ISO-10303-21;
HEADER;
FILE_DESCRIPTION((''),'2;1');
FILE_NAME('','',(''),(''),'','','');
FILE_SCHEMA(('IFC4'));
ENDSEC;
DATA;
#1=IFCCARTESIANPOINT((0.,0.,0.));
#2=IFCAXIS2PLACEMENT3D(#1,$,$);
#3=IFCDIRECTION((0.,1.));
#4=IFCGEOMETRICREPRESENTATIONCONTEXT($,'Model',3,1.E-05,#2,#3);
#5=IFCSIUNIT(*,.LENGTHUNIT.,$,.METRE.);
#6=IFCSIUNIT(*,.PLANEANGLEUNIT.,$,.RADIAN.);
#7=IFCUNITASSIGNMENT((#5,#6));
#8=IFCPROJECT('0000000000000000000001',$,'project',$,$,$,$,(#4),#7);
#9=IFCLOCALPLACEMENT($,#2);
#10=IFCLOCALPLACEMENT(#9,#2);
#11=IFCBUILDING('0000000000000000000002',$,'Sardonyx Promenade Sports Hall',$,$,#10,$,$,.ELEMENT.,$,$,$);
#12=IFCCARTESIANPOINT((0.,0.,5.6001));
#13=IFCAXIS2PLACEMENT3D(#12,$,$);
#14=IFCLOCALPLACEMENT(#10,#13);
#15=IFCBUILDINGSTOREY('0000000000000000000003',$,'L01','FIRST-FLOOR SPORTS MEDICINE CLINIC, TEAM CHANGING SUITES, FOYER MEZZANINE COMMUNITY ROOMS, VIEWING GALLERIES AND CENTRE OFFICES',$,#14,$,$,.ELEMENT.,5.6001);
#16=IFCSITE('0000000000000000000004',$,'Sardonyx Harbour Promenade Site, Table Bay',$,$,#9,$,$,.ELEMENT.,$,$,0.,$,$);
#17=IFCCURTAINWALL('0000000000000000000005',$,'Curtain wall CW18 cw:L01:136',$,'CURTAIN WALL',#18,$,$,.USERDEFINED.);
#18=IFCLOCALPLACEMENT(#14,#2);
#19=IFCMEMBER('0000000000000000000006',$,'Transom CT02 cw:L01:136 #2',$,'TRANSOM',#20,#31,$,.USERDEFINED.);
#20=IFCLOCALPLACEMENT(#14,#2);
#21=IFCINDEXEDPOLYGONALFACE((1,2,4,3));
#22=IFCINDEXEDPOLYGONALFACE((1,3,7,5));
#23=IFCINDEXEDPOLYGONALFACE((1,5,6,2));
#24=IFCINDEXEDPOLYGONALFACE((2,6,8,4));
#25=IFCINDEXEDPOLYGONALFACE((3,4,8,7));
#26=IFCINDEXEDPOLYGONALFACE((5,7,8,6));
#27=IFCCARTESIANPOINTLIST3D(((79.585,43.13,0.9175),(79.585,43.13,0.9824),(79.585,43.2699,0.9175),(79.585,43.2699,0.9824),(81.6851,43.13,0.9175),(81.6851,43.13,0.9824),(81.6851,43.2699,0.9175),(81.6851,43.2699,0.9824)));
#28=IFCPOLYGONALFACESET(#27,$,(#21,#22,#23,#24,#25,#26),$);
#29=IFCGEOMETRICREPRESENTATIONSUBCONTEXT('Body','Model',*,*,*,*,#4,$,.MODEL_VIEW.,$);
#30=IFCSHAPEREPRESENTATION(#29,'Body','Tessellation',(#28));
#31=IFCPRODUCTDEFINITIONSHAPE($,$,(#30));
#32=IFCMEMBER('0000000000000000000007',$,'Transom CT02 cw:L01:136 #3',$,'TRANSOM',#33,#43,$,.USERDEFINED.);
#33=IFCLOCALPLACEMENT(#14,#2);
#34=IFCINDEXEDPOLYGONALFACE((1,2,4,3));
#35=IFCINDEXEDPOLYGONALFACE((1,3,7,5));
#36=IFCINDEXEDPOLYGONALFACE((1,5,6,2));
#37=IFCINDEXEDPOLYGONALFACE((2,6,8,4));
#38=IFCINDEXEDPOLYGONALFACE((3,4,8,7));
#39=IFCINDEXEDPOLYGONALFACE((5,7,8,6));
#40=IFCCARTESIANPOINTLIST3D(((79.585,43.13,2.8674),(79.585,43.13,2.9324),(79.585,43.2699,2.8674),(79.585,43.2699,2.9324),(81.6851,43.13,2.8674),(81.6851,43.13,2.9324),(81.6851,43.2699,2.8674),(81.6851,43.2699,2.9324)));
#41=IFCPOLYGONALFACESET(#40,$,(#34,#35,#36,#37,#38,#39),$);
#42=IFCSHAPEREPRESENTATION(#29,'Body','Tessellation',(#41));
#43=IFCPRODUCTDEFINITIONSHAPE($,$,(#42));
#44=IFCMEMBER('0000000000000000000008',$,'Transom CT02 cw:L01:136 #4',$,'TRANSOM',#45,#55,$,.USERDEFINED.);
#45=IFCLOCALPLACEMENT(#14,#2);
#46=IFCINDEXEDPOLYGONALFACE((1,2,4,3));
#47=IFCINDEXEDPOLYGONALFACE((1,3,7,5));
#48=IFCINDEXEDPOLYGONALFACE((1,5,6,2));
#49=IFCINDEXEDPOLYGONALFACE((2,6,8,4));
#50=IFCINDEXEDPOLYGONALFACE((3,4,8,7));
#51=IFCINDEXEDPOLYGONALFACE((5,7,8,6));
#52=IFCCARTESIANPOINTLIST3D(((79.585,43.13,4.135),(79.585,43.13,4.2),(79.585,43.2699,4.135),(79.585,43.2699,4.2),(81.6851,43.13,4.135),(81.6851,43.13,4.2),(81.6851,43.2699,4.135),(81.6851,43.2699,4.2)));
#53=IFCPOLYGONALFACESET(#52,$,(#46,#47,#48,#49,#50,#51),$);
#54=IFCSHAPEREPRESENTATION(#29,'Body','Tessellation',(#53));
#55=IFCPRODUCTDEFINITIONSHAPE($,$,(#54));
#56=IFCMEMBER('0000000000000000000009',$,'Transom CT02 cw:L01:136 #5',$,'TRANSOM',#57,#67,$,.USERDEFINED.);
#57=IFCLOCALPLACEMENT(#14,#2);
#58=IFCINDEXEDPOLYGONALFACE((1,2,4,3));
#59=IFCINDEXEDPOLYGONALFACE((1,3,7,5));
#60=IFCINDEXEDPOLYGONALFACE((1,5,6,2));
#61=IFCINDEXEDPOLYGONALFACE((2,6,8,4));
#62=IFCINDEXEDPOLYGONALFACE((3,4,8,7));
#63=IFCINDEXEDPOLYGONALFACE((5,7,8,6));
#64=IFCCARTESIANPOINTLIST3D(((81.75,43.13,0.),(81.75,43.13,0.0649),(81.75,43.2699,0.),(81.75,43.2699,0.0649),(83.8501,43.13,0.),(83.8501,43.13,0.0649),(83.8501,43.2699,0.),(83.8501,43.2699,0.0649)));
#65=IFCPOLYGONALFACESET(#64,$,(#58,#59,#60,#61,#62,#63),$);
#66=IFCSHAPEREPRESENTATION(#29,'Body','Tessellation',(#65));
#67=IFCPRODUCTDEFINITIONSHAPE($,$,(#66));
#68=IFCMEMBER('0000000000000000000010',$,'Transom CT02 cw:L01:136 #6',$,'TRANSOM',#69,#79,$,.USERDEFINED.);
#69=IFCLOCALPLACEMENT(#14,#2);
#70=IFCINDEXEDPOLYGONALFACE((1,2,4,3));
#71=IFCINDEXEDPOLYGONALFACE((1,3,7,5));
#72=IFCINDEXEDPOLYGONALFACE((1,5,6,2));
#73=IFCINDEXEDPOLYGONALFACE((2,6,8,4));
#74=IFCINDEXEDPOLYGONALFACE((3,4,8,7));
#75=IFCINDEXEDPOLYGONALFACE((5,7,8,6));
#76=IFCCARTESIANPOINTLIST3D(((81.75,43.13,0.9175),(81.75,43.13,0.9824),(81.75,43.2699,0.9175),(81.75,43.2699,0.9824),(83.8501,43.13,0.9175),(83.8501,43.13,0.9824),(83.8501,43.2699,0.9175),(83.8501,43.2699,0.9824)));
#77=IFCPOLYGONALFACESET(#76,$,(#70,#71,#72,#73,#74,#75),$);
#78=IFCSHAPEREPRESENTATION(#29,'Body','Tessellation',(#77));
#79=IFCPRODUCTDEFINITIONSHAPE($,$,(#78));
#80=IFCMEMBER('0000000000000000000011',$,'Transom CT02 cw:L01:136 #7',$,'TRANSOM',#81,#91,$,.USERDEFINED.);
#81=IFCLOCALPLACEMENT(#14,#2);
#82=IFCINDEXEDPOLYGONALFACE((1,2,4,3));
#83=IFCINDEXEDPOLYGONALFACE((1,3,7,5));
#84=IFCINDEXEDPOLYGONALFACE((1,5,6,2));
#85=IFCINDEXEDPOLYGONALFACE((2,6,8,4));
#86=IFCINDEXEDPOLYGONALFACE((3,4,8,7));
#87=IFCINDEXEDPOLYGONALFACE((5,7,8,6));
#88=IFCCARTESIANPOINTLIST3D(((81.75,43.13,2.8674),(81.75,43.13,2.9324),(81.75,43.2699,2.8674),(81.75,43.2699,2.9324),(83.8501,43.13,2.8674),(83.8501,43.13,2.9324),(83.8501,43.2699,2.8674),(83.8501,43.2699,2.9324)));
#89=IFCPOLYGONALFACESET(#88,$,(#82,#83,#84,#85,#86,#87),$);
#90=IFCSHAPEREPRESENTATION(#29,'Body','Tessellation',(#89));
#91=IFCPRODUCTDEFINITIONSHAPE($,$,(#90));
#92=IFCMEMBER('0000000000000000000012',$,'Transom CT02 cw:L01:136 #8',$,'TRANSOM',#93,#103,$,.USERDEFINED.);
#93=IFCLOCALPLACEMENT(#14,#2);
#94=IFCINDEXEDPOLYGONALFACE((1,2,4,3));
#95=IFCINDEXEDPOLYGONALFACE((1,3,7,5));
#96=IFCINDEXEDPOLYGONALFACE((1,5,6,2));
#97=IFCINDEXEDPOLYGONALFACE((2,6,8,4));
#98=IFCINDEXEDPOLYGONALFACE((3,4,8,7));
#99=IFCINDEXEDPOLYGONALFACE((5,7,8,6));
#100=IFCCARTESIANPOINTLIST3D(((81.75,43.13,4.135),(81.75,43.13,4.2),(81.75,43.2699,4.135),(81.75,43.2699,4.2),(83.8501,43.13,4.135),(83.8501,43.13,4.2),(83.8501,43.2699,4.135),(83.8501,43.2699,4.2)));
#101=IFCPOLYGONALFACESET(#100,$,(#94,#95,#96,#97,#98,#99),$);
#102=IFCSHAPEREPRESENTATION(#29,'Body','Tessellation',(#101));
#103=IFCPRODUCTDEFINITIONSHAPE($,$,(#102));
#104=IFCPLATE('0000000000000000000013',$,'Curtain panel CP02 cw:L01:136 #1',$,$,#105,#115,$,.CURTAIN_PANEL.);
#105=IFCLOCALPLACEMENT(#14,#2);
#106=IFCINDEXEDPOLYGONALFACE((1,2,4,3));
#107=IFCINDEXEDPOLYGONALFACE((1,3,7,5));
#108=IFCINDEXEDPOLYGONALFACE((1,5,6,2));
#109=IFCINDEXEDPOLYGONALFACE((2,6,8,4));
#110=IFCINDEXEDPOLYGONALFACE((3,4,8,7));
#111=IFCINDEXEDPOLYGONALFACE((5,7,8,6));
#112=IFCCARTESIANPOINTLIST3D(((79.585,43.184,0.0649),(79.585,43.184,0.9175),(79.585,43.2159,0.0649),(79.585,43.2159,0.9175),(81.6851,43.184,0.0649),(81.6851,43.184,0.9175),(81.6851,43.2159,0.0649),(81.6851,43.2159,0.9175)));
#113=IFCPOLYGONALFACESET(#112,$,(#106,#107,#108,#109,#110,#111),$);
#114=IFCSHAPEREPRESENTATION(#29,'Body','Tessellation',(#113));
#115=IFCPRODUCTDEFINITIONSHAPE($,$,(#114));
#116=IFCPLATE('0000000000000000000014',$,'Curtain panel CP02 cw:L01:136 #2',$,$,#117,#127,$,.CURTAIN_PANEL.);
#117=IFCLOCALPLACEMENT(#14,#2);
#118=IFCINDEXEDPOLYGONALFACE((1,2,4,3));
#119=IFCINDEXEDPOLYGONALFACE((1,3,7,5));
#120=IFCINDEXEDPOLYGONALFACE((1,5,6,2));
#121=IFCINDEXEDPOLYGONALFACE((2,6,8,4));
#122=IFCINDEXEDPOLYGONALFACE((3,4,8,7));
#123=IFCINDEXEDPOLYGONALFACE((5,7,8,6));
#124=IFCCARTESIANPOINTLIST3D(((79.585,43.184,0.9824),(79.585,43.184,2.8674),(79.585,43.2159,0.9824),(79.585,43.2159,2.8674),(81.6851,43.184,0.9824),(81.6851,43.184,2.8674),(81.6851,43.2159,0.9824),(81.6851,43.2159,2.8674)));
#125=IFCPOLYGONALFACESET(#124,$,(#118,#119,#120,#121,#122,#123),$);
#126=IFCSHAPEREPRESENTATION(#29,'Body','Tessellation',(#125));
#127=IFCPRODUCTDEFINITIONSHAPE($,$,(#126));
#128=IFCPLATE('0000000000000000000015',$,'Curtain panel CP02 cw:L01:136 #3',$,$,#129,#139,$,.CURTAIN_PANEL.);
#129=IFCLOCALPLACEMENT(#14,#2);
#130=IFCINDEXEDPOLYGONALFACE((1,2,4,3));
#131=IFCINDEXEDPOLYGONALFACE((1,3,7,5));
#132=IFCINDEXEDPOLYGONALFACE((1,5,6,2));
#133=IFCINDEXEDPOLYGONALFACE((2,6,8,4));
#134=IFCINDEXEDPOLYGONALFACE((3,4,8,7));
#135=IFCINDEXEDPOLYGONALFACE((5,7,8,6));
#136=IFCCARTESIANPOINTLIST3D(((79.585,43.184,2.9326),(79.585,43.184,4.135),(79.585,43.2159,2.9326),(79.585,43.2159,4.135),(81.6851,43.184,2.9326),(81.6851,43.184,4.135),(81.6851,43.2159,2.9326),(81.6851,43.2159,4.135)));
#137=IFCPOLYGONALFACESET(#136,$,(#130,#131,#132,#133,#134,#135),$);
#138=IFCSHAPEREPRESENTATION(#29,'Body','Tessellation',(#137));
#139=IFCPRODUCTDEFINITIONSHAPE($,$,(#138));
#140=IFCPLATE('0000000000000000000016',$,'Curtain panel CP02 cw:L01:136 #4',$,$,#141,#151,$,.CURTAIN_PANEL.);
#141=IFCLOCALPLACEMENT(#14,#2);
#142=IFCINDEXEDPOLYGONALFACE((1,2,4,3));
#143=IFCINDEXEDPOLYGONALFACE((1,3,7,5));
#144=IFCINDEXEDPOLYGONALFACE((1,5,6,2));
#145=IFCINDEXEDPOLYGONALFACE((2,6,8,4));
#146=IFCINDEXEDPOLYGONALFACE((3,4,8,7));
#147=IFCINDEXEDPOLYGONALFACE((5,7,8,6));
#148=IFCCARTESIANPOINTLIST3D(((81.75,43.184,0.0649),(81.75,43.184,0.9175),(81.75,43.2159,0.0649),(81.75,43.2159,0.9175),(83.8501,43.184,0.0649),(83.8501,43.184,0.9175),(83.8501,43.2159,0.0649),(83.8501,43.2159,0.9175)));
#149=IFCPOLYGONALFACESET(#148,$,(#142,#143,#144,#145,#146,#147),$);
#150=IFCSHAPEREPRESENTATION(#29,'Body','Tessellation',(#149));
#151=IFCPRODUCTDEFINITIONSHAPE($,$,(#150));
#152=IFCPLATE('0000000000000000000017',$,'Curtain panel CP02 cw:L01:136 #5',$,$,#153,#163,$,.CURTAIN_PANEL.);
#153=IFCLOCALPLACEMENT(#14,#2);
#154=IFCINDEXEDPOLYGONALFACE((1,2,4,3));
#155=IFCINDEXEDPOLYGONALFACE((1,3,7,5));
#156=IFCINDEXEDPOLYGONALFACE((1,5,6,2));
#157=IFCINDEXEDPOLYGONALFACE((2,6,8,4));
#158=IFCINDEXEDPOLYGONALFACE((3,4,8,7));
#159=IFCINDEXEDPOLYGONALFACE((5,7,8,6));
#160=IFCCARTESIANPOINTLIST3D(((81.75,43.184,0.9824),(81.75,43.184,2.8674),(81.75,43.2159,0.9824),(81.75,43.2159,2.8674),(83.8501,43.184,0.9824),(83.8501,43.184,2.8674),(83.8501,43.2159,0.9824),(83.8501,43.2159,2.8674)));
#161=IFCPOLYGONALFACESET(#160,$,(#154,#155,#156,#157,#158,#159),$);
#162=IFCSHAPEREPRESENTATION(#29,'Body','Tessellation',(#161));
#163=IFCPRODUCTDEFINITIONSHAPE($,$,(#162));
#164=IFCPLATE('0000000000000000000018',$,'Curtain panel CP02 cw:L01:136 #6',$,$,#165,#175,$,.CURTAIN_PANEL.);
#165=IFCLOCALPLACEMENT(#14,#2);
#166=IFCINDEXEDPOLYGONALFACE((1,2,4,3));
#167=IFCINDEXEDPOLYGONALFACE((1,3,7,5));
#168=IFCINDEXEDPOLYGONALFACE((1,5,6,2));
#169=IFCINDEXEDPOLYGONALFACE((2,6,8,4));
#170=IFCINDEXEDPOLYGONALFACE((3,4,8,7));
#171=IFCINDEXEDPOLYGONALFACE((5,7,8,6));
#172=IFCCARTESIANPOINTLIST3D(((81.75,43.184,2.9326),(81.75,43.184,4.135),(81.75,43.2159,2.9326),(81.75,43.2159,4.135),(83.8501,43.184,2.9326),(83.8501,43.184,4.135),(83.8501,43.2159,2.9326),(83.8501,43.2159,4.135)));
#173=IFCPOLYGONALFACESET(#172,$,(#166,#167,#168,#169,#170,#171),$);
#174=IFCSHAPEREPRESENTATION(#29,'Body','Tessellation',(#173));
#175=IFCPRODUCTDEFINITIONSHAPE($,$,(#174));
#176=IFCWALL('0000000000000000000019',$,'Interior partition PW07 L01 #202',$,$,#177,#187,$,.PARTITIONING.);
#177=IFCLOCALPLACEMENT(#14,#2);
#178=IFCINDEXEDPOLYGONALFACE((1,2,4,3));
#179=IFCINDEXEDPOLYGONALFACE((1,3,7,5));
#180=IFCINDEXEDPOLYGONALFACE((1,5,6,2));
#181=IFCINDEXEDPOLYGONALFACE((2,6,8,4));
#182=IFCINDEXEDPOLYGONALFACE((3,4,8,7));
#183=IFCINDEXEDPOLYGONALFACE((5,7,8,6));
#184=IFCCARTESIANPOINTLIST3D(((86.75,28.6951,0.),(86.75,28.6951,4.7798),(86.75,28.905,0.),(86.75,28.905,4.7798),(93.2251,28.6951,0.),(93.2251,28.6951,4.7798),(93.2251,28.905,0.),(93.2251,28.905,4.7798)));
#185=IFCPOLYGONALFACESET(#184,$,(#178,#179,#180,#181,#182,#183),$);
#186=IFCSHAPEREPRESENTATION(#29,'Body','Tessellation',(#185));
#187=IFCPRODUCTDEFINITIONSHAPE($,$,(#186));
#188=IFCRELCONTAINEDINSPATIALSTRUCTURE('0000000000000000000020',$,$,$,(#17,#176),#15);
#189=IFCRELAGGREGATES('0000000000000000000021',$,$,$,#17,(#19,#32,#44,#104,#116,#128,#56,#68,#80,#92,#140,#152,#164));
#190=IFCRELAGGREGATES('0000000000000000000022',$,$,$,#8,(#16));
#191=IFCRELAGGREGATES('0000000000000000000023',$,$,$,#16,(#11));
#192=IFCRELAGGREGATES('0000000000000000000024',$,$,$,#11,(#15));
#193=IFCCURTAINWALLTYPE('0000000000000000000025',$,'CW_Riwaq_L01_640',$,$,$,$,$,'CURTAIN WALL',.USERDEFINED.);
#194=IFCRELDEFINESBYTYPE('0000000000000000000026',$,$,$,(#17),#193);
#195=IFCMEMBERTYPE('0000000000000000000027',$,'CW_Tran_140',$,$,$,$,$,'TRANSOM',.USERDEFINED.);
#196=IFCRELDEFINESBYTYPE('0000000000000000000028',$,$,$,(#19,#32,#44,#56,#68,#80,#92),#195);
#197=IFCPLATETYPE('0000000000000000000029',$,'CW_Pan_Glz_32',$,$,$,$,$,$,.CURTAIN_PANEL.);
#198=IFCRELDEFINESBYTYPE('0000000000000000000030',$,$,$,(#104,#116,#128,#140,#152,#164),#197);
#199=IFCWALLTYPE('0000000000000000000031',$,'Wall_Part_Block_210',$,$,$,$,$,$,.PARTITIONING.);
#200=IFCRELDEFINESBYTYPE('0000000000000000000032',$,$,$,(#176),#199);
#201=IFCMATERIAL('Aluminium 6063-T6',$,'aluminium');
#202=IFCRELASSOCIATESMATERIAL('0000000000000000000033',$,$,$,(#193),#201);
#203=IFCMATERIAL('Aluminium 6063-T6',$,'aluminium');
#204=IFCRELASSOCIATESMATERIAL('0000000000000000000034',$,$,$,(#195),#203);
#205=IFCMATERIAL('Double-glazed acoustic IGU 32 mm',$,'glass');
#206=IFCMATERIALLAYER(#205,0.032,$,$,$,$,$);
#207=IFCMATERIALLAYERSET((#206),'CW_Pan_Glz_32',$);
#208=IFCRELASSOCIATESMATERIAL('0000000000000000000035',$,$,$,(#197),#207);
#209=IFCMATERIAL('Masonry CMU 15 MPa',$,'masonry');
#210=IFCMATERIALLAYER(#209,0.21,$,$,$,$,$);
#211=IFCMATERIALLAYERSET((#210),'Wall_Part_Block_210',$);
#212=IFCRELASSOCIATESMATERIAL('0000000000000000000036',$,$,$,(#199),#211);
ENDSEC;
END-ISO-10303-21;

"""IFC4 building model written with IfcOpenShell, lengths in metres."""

from ifc_helpers import new_model, si_unit, direction, frame, frame_2d, origin, origin_2d, place, context, subcontext, project, spatial, rectangle, extrude, material, layer, layer_set, material_profile, profile_set, type_object, element, aggregate, save


model = new_model("IFC4")

# Units and contexts
model_context = context("Model", 3, precision=1e-05, world=origin(), true_north=direction((0.0, 1.0)))
body_context = subcontext(model_context, "Body", "Model", "MODEL_VIEW")
ifc_project = project(units=[si_unit("LENGTHUNIT", "METRE"), si_unit("PLANEANGLEUNIT", "RADIAN")], contexts=[model_context])

# Site, building, storey
site_placement = place(None, origin())
site = spatial("IfcSite", under=ifc_project, at=site_placement, Name="Sardonyx Harbour Promenade Site, Table Bay", CompositionType="ELEMENT", RefElevation=0.0)
building_placement = place(site_placement, origin())
building = spatial("IfcBuilding", under=site, at=building_placement, Name="Sardonyx Promenade Sports Hall", CompositionType="ELEMENT")
storey_placement = place(building_placement, frame((0.0, 0.0, 5.6001)))
storey = spatial("IfcBuildingStorey", under=building, at=storey_placement, Name="L01", Description="FIRST-FLOOR SPORTS MEDICINE CLINIC, TEAM CHANGING SUITES, FOYER MEZZANINE COMMUNITY ROOMS, VIEWING GALLERIES AND CENTRE OFFICES", CompositionType="ELEMENT", Elevation=5.6001)

# Curtain wall, members, plates
ifc_material_1 = material(Name="Aluminium 6063-T6", Category="aluminium")
curtain_wall_type = type_object("IfcCurtainWallType", Name="CW_Riwaq_L01_640", ElementType="CURTAIN WALL", PredefinedType="USERDEFINED", material=ifc_material_1)
curtain_wall_placement = place(storey_placement, origin())
curtain_wall = element("IfcCurtainWall", 1, at=curtain_wall_placement, inside=storey, type_object=curtain_wall_type, Name="Curtain wall CW18 cw:L01:136", ObjectType="CURTAIN WALL", PredefinedType="USERDEFINED")
ifc_material_2 = material(Name="Aluminium 6063-T6", Category="aluminium")
ifc_material_profile_1 = material_profile(ifc_material_2, rectangle(XDim=0.0649, YDim=0.1399, at=origin_2d()))
ifc_profile_set_1 = profile_set([ifc_material_profile_1], Name="Aluminium 6063-T6")
member_type_1 = type_object("IfcMemberType", Name="CW_Tran_140", ElementType="TRANSOM", PredefinedType="USERDEFINED", material=ifc_profile_set_1)
member_1_placement = place(storey_placement, frame((79.585, 43.2, 0.95), z_axis=(1.0, 0.0, 0.0), x_axis=(0.0, 0.0, 1.0)))
member_1 = element("IfcMember", 2, at=member_1_placement, type_object=member_type_1, Name="Transom CT02 cw:L01:136 #2", ObjectType="TRANSOM", PredefinedType="USERDEFINED", context=body_context, shape_type="SweptSolid", body=[
    extrude(rectangle(XDim=0.0649, YDim=0.1399, at=origin_2d()), origin(), (0.0, 0.0, 1.0), 2.1001),
])
member_2_placement = place(storey_placement, frame((79.585, 43.2, 2.8999), z_axis=(1.0, 0.0, 0.0), x_axis=(0.0, 0.0, 1.0)))
member_2 = element("IfcMember", 3, at=member_2_placement, type_object=member_type_1, Name="Transom CT02 cw:L01:136 #3", ObjectType="TRANSOM", PredefinedType="USERDEFINED", context=body_context, shape_type="SweptSolid", body=[
    extrude(rectangle(XDim=0.0649, YDim=0.1399, at=origin_2d()), origin(), (0.0, 0.0, 1.0), 2.1001),
])
member_3_placement = place(storey_placement, frame((79.585, 43.2, 4.1675), z_axis=(1.0, 0.0, 0.0), x_axis=(0.0, 0.0, 1.0)))
member_3 = element("IfcMember", 4, at=member_3_placement, type_object=member_type_1, Name="Transom CT02 cw:L01:136 #4", ObjectType="TRANSOM", PredefinedType="USERDEFINED", context=body_context, shape_type="SweptSolid", body=[
    extrude(rectangle(XDim=0.0649, YDim=0.1399, at=origin_2d()), origin(), (0.0, 0.0, 1.0), 2.1001),
])
member_4_placement = place(storey_placement, frame((81.75, 43.2, 0.0325), z_axis=(1.0, 0.0, 0.0), x_axis=(0.0, 0.0, 1.0)))
member_4 = element("IfcMember", 5, at=member_4_placement, type_object=member_type_1, Name="Transom CT02 cw:L01:136 #5", ObjectType="TRANSOM", PredefinedType="USERDEFINED", context=body_context, shape_type="SweptSolid", body=[
    extrude(rectangle(XDim=0.0649, YDim=0.1399, at=origin_2d()), origin(), (0.0, 0.0, 1.0), 2.1001),
])
member_5_placement = place(storey_placement, frame((81.75, 43.2, 0.95), z_axis=(1.0, 0.0, 0.0), x_axis=(0.0, 0.0, 1.0)))
member_5 = element("IfcMember", 6, at=member_5_placement, type_object=member_type_1, Name="Transom CT02 cw:L01:136 #6", ObjectType="TRANSOM", PredefinedType="USERDEFINED", context=body_context, shape_type="SweptSolid", body=[
    extrude(rectangle(XDim=0.0649, YDim=0.1399, at=origin_2d()), origin(), (0.0, 0.0, 1.0), 2.1001),
])
member_6_placement = place(storey_placement, frame((81.75, 43.2, 2.8999), z_axis=(1.0, 0.0, 0.0), x_axis=(0.0, 0.0, 1.0)))
member_6 = element("IfcMember", 7, at=member_6_placement, type_object=member_type_1, Name="Transom CT02 cw:L01:136 #7", ObjectType="TRANSOM", PredefinedType="USERDEFINED", context=body_context, shape_type="SweptSolid", body=[
    extrude(rectangle(XDim=0.0649, YDim=0.1399, at=origin_2d()), origin(), (0.0, 0.0, 1.0), 2.1001),
])
member_7_placement = place(storey_placement, frame((81.75, 43.2, 4.1675), z_axis=(1.0, 0.0, 0.0), x_axis=(0.0, 0.0, 1.0)))
member_7 = element("IfcMember", 8, at=member_7_placement, type_object=member_type_1, Name="Transom CT02 cw:L01:136 #8", ObjectType="TRANSOM", PredefinedType="USERDEFINED", context=body_context, shape_type="SweptSolid", body=[
    extrude(rectangle(XDim=0.0649, YDim=0.1399, at=origin_2d()), origin(), (0.0, 0.0, 1.0), 2.1001),
])
ifc_material_3 = material(Name="Double-glazed acoustic IGU 32 mm", Category="glass")
ifc_layer_1 = layer(ifc_material_3, 0.032)
ifc_layer_set_1 = layer_set([ifc_layer_1], Name="CW_Pan_Glz_32")
plate_type = type_object("IfcPlateType", Name="CW_Pan_Glz_32", PredefinedType="CURTAIN_PANEL", material=ifc_layer_set_1)
plate_1_placement = place(storey_placement, frame((80.635, 43.2, 0.0649), z_axis=(0.0, 0.0, 1.0), x_axis=(1.0, 0.0, 0.0)))
plate_1 = element("IfcPlate", 9, at=plate_1_placement, type_object=plate_type, Name="Curtain panel CP02 cw:L01:136 #1", PredefinedType="CURTAIN_PANEL", context=body_context, shape_type="SweptSolid", body=[
    extrude(rectangle(XDim=2.1001, YDim=0.032, at=origin_2d()), origin(), (0.0, 0.0, 1.0), 0.8525),
])
plate_2_placement = place(storey_placement, frame((80.635, 43.2, 0.9824), z_axis=(0.0, 0.0, 1.0), x_axis=(1.0, 0.0, 0.0)))
plate_2 = element("IfcPlate", 10, at=plate_2_placement, type_object=plate_type, Name="Curtain panel CP02 cw:L01:136 #2", PredefinedType="CURTAIN_PANEL", context=body_context, shape_type="SweptSolid", body=[
    extrude(rectangle(XDim=2.1001, YDim=0.032, at=origin_2d()), origin(), (0.0, 0.0, 1.0), 1.885),
])
plate_3_placement = place(storey_placement, frame((80.635, 43.2, 2.9326), z_axis=(0.0, 0.0, 1.0), x_axis=(1.0, 0.0, 0.0)))
plate_3 = element("IfcPlate", 11, at=plate_3_placement, type_object=plate_type, Name="Curtain panel CP02 cw:L01:136 #3", PredefinedType="CURTAIN_PANEL", context=body_context, shape_type="SweptSolid", body=[
    extrude(rectangle(XDim=2.1001, YDim=0.032, at=origin_2d()), origin(), (0.0, 0.0, 1.0), 1.2024),
])
plate_4_placement = place(storey_placement, frame((82.8, 43.2, 0.0649), z_axis=(0.0, 0.0, 1.0), x_axis=(1.0, 0.0, 0.0)))
plate_4 = element("IfcPlate", 12, at=plate_4_placement, type_object=plate_type, Name="Curtain panel CP02 cw:L01:136 #4", PredefinedType="CURTAIN_PANEL", context=body_context, shape_type="SweptSolid", body=[
    extrude(rectangle(XDim=2.1001, YDim=0.032, at=origin_2d()), origin(), (0.0, 0.0, 1.0), 0.8525),
])
plate_5_placement = place(storey_placement, frame((82.8, 43.2, 0.9824), z_axis=(0.0, 0.0, 1.0), x_axis=(1.0, 0.0, 0.0)))
plate_5 = element("IfcPlate", 13, at=plate_5_placement, type_object=plate_type, Name="Curtain panel CP02 cw:L01:136 #5", PredefinedType="CURTAIN_PANEL", context=body_context, shape_type="SweptSolid", body=[
    extrude(rectangle(XDim=2.1001, YDim=0.032, at=origin_2d()), origin(), (0.0, 0.0, 1.0), 1.885),
])
plate_6_placement = place(storey_placement, frame((82.8, 43.2, 2.9326), z_axis=(0.0, 0.0, 1.0), x_axis=(1.0, 0.0, 0.0)))
plate_6 = element("IfcPlate", 14, at=plate_6_placement, type_object=plate_type, Name="Curtain panel CP02 cw:L01:136 #6", PredefinedType="CURTAIN_PANEL", context=body_context, shape_type="SweptSolid", body=[
    extrude(rectangle(XDim=2.1001, YDim=0.032, at=origin_2d()), origin(), (0.0, 0.0, 1.0), 1.2024),
])
aggregate(curtain_wall, [member_1, member_2, member_3, plate_1, plate_2, plate_3, member_4, member_5, member_6, member_7, plate_4, plate_5, plate_6])

# Wall
ifc_material_4 = material(Name="Masonry CMU 15 MPa", Category="masonry")
ifc_layer_2 = layer(ifc_material_4, 0.21)
ifc_layer_set_2 = layer_set([ifc_layer_2], Name="Wall_Part_Block_210")
wall_type = type_object("IfcWallType", Name="Wall_Part_Block_210", PredefinedType="PARTITIONING", material=ifc_layer_set_2)
wall_placement = place(storey_placement, frame((86.75, 28.8, 0.0), z_axis=(0.0, 0.0, 1.0), x_axis=(1.0, 0.0, 0.0)))
element("IfcWall", 15, at=wall_placement, inside=storey, type_object=wall_type, Name="Interior partition PW07 L01 #202", PredefinedType="PARTITIONING", context=body_context, shape_type="SweptSolid", body=[
    extrude(rectangle(XDim=6.4751, YDim=0.21, at=frame_2d((3.2375, 0.0))), origin(), (0.0, 0.0, 1.0), 4.7798),
])

save(model, "model.ifc")
